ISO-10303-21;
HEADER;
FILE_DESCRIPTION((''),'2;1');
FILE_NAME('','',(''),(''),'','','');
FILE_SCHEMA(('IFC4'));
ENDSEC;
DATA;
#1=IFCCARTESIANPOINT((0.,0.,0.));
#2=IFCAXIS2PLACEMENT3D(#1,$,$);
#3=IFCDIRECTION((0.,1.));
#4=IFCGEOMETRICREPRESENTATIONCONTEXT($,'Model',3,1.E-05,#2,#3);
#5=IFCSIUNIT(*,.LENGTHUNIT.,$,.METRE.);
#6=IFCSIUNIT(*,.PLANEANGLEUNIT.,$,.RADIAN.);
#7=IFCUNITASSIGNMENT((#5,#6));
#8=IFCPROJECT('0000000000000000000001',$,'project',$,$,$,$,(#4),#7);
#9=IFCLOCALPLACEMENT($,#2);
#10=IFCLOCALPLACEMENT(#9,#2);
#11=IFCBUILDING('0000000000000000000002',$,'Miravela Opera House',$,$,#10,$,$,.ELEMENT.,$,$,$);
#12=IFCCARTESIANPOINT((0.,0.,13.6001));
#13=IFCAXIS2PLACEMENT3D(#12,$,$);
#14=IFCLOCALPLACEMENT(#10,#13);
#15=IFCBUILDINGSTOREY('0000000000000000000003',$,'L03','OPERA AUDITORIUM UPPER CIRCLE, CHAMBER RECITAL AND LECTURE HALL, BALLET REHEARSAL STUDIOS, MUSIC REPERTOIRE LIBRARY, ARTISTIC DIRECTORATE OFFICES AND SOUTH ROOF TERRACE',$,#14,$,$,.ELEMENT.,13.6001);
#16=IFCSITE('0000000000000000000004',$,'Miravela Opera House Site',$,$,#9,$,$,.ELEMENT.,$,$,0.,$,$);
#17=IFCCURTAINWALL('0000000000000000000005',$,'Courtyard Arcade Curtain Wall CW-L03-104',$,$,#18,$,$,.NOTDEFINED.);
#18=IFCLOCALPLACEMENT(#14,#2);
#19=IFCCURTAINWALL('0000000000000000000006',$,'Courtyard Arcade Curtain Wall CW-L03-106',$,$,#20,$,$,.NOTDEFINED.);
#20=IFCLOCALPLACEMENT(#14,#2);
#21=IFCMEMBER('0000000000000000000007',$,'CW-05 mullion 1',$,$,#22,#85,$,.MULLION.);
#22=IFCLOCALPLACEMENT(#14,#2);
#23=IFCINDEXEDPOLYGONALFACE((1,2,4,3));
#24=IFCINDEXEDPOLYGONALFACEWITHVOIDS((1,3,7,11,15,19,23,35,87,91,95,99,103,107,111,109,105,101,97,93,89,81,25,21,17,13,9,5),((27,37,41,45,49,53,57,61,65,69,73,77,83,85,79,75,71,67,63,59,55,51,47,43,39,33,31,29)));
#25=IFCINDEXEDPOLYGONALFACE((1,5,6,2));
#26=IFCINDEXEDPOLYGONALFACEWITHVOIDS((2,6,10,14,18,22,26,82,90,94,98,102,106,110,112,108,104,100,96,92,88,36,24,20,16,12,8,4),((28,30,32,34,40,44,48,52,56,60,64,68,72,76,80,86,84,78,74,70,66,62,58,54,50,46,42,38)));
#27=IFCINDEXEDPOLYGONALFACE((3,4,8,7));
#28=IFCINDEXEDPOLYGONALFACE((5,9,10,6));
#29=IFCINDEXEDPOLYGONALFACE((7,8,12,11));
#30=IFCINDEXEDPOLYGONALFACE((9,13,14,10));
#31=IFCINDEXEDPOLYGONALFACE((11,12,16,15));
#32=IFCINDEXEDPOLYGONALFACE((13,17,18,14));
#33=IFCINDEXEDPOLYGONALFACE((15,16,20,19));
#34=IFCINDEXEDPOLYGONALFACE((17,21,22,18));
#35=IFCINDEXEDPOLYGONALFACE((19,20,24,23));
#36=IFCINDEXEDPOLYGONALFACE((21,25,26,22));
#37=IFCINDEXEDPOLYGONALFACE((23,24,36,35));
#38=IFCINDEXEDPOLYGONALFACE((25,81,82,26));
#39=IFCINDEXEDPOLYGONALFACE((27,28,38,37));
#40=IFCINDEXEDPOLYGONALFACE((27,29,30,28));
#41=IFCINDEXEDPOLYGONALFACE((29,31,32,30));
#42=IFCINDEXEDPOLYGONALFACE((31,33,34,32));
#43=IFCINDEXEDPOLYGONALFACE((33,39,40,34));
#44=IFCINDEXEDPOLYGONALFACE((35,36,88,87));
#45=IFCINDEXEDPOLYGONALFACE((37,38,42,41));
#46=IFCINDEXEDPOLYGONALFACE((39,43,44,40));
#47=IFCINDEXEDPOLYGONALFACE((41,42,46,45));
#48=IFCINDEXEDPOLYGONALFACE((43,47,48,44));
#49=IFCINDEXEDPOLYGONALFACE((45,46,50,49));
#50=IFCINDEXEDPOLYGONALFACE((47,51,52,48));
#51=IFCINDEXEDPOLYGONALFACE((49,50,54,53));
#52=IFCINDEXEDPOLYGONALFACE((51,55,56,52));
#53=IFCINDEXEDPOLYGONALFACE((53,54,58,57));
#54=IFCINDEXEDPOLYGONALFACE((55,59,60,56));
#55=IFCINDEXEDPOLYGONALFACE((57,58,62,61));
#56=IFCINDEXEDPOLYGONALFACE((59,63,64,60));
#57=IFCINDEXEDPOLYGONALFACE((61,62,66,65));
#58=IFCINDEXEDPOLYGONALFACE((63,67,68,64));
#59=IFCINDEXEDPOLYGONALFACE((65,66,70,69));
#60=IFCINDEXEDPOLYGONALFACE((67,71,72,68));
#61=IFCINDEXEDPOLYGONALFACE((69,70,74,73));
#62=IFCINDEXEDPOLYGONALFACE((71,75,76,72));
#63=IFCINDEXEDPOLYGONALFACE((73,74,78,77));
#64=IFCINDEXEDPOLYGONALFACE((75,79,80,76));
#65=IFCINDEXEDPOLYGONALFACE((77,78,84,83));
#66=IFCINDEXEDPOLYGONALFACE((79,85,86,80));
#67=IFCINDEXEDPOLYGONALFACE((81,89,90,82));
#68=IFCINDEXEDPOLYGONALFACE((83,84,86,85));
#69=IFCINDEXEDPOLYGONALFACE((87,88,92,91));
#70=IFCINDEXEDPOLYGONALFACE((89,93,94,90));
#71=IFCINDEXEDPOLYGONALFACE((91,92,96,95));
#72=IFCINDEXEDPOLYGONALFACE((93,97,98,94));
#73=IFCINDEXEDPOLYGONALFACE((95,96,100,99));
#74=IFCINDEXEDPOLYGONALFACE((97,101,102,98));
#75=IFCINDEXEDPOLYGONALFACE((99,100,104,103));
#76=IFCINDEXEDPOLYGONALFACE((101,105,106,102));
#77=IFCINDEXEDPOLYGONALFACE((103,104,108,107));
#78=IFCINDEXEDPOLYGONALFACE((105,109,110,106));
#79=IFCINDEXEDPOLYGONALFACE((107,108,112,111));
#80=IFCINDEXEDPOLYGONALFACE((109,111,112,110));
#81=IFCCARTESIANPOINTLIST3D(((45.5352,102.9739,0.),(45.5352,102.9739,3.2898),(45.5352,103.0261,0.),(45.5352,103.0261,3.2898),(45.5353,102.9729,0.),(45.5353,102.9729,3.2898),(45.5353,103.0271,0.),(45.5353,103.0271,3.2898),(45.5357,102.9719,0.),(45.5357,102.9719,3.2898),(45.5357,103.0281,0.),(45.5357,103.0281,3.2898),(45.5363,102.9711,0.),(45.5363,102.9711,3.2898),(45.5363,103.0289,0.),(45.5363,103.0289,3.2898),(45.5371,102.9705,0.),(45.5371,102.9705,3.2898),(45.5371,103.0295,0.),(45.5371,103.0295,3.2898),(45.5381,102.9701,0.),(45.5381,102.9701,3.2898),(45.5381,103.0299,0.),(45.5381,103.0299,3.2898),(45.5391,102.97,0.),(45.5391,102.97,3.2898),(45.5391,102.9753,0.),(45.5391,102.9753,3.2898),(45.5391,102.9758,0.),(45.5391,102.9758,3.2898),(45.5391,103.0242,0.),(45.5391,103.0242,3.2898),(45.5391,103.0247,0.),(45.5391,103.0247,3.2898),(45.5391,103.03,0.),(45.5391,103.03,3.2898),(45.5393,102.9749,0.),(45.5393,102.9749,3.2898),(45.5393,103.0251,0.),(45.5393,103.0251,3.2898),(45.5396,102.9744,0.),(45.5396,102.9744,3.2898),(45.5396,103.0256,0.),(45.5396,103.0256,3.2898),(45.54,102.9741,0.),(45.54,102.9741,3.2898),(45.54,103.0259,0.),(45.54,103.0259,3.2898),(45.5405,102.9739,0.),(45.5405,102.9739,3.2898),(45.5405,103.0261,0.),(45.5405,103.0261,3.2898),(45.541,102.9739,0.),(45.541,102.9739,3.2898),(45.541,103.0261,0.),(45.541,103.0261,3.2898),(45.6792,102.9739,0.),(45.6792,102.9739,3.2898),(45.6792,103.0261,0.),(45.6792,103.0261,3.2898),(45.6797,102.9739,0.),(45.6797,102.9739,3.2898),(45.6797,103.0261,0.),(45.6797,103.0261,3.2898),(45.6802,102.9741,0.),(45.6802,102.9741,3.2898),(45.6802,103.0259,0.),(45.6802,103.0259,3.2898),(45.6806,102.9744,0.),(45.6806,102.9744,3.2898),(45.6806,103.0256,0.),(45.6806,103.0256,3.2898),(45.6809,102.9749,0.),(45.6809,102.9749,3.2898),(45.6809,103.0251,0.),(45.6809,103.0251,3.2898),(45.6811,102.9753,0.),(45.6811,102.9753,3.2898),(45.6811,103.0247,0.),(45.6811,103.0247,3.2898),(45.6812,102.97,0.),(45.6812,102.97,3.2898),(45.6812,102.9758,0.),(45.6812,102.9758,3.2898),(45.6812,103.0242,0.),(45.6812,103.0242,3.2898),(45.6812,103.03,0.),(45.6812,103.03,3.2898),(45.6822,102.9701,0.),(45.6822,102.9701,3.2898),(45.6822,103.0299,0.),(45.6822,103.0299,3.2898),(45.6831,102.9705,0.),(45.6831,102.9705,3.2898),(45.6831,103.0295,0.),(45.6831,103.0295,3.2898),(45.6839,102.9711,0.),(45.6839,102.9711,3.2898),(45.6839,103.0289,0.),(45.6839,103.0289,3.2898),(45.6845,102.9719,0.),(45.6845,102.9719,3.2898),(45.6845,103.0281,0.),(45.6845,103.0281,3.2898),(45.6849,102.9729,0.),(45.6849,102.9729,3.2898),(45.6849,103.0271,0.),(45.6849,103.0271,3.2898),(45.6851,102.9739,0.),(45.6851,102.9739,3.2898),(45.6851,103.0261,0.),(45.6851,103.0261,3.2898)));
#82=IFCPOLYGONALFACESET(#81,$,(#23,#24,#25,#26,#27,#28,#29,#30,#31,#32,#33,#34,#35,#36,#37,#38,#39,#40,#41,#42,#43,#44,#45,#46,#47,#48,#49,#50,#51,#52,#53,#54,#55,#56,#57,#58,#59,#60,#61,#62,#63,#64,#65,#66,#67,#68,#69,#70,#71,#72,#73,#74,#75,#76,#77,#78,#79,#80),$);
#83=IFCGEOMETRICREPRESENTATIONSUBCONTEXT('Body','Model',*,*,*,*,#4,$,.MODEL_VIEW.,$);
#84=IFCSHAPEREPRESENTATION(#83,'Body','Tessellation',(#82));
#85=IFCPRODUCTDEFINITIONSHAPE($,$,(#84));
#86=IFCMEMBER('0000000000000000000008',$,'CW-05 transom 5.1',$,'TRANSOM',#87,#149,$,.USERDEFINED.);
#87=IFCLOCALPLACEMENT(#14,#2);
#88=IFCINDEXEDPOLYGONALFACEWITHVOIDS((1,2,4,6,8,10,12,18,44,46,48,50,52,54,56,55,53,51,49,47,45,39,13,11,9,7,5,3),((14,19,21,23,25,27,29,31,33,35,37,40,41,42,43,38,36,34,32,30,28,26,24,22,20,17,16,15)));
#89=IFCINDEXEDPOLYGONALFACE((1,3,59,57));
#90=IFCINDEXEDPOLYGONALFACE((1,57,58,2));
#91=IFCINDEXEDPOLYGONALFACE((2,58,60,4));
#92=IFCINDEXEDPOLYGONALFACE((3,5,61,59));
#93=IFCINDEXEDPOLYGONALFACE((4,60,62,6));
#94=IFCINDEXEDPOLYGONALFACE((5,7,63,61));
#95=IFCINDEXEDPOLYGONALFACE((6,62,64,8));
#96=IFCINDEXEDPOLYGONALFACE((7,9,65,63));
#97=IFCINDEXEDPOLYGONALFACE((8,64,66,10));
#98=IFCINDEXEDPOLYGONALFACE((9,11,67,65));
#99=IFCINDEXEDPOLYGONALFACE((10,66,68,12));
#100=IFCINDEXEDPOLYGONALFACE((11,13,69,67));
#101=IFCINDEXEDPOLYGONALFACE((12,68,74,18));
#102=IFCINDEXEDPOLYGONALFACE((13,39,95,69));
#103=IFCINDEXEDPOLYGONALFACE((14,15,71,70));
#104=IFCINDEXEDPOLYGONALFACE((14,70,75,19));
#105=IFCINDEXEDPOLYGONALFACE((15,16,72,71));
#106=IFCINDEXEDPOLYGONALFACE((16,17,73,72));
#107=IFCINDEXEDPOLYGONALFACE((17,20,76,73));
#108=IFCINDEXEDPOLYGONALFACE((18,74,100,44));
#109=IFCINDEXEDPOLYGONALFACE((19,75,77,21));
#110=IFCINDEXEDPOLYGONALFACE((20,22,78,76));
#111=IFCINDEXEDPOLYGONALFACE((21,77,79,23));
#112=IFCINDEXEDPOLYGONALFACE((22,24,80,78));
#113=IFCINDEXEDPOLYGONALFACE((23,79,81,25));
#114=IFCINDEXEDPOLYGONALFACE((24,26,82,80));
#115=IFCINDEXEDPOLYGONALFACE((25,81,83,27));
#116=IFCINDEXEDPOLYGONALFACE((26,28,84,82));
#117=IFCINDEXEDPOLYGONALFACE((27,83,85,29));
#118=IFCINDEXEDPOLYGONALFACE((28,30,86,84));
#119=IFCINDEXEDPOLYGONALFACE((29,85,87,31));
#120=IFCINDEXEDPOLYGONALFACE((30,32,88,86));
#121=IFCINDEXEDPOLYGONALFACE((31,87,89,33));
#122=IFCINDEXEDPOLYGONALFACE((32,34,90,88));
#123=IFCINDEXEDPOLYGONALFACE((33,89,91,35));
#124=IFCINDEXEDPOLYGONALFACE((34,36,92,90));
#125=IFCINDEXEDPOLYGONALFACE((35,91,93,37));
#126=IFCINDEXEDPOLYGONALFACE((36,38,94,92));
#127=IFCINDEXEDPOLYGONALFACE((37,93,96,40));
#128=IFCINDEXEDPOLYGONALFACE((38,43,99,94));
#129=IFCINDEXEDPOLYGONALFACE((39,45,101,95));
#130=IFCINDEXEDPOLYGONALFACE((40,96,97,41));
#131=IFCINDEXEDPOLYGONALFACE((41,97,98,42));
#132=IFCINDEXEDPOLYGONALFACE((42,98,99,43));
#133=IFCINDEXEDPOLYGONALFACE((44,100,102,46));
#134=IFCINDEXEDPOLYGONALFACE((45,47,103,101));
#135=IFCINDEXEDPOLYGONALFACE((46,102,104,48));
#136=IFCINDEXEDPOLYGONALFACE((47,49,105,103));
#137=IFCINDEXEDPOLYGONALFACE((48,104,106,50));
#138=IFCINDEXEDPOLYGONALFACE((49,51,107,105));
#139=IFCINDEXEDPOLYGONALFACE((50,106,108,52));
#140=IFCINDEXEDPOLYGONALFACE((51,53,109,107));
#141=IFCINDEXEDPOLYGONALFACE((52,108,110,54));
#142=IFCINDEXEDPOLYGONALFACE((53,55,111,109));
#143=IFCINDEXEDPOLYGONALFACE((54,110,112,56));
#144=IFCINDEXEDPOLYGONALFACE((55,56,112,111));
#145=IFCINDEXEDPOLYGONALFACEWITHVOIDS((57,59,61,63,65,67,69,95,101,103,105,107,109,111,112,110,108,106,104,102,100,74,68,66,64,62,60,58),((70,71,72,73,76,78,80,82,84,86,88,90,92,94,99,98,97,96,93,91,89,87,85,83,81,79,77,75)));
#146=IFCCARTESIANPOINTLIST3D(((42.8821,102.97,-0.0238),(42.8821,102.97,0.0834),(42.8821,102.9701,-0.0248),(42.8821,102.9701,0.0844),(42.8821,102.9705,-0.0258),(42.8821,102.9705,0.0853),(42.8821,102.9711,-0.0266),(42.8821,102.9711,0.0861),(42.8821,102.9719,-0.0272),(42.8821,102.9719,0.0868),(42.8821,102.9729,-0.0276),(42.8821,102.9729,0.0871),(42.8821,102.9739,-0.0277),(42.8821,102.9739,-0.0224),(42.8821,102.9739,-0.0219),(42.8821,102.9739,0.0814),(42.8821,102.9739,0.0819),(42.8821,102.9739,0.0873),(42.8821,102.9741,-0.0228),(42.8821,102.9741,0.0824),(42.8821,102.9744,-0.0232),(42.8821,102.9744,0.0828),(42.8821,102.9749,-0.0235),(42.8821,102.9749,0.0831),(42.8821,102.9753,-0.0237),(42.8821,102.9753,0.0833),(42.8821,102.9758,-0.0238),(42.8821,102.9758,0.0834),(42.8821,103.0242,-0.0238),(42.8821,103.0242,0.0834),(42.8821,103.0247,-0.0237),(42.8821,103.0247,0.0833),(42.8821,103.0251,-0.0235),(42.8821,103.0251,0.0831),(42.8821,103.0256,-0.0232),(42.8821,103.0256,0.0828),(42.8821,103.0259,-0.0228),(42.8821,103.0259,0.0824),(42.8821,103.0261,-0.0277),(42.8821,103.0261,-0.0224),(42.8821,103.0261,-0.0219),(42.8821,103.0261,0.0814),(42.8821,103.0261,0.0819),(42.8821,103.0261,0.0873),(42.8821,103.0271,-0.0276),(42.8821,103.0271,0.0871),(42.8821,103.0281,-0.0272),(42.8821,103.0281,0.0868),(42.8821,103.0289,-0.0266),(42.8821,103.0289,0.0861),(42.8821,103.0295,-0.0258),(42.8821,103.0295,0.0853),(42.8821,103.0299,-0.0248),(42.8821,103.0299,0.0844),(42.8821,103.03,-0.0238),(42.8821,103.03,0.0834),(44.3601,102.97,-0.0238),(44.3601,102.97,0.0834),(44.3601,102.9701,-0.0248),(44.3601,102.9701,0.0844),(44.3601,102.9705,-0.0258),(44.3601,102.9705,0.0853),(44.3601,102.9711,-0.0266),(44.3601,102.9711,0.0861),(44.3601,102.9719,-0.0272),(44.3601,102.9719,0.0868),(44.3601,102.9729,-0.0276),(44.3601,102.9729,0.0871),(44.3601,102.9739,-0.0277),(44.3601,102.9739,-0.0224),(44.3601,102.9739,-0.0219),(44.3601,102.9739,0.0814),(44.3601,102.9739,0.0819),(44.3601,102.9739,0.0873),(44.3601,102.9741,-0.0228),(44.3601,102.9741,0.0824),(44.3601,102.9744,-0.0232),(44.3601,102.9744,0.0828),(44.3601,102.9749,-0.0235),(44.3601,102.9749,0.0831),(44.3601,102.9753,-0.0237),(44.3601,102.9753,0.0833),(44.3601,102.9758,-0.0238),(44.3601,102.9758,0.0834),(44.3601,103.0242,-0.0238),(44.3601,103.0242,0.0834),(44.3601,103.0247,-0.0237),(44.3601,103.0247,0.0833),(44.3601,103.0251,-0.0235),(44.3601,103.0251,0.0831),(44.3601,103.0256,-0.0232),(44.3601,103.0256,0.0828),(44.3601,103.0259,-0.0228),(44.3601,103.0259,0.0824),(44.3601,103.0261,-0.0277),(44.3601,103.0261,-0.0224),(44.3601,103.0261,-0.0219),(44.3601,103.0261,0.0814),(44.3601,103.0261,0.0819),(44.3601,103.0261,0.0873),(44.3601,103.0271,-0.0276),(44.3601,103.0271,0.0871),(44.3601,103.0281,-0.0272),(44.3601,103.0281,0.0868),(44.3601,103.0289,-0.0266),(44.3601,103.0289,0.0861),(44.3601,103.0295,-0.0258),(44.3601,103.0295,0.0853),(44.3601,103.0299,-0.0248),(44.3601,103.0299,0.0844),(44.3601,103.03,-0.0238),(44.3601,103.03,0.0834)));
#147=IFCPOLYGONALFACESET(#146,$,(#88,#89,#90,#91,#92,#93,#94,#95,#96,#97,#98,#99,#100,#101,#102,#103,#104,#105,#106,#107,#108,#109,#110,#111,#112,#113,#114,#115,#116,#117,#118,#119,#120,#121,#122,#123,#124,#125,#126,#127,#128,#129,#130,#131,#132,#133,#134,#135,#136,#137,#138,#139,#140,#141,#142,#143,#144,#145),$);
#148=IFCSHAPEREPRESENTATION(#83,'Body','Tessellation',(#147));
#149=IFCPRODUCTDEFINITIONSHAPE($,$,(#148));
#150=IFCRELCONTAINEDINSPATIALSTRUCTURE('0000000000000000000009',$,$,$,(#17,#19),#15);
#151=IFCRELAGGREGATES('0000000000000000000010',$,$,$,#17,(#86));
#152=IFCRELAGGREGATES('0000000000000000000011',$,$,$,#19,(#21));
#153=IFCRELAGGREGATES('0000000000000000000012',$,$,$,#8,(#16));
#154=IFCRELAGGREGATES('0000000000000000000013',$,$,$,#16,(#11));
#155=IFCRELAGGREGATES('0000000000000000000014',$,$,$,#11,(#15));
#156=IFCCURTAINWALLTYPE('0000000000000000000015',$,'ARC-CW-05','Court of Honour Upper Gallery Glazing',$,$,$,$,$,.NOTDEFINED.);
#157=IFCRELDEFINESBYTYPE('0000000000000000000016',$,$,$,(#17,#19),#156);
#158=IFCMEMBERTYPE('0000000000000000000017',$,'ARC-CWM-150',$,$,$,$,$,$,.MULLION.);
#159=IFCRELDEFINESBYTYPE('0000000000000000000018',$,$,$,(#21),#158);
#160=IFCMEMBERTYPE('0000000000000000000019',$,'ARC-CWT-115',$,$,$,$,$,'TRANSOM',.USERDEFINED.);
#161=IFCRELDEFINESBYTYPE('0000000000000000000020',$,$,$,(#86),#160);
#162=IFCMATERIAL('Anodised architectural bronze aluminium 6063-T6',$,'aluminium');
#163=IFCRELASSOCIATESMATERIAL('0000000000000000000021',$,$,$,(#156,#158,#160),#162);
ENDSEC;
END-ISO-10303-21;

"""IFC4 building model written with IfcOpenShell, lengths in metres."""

from ifc_helpers import new_model, si_unit, direction, frame, origin, origin_2d, place, context, subcontext, project, spatial, hollow_rectangle, extrude, material, material_profile, profile_set, type_object, element, aggregate, save


model = new_model("IFC4")

# Units and contexts
model_context = context("Model", 3, precision=1e-05, world=origin(), true_north=direction((0.0, 1.0)))
body_context = subcontext(model_context, "Body", "Model", "MODEL_VIEW")
ifc_project = project(units=[si_unit("LENGTHUNIT", "METRE"), si_unit("PLANEANGLEUNIT", "RADIAN")], contexts=[model_context])

# Site, building, storey
site_placement = place(None, origin())
site = spatial("IfcSite", under=ifc_project, at=site_placement, Name="Miravela Opera House Site", CompositionType="ELEMENT", RefElevation=0.0)
building_placement = place(site_placement, origin())
building = spatial("IfcBuilding", under=site, at=building_placement, Name="Miravela Opera House", CompositionType="ELEMENT")
storey_placement = place(building_placement, frame((0.0, 0.0, 13.6001)))
storey = spatial("IfcBuildingStorey", under=building, at=storey_placement, Name="L03", Description="OPERA AUDITORIUM UPPER CIRCLE, CHAMBER RECITAL AND LECTURE HALL, BALLET REHEARSAL STUDIOS, MUSIC REPERTOIRE LIBRARY, ARTISTIC DIRECTORATE OFFICES AND SOUTH ROOF TERRACE", CompositionType="ELEMENT", Elevation=13.6001)

# Curtain wall
ifc_material_1 = material(Name="Anodised architectural bronze aluminium 6063-T6", Category="aluminium")
curtain_wall_type = type_object("IfcCurtainWallType", Name="ARC-CW-05", Description="Court of Honour Upper Gallery Glazing", PredefinedType="NOTDEFINED", material=ifc_material_1)
curtain_wall_1_placement = place(storey_placement, origin())
curtain_wall_1 = element("IfcCurtainWall", 1, at=curtain_wall_1_placement, inside=storey, type_object=curtain_wall_type, Name="Courtyard Arcade Curtain Wall CW-L03-104", PredefinedType="NOTDEFINED")
ifc_material_profile_1 = material_profile(ifc_material_1, hollow_rectangle(XDim=0.0601, YDim=0.1499, WallThickness=0.0039, InnerFilletRadius=0.002, OuterFilletRadius=0.0039, at=origin_2d()), Name="CWM-60X150")
ifc_profile_set_1 = profile_set([ifc_material_profile_1])
member_type_1 = type_object("IfcMemberType", Name="ARC-CWM-150", PredefinedType="MULLION", material=ifc_profile_set_1)

# Curtain wall, member
curtain_wall_2_placement = place(storey_placement, origin())
curtain_wall_2 = element("IfcCurtainWall", 2, at=curtain_wall_2_placement, inside=storey, type_object=curtain_wall_type, Name="Courtyard Arcade Curtain Wall CW-L03-106", PredefinedType="NOTDEFINED")
member_1_placement = place(storey_placement, frame((45.6101, 103.0, 0.0), z_axis=(0.0, 0.0, 1.0), x_axis=(0.0, 1.0, 0.0)))
member_1 = element("IfcMember", 3, at=member_1_placement, type_object=member_type_1, Name="CW-05 mullion 1", PredefinedType="MULLION", context=body_context, shape_type="SweptSolid", body=[
    extrude(hollow_rectangle(XDim=0.0601, YDim=0.1499, WallThickness=0.0039, InnerFilletRadius=0.002, OuterFilletRadius=0.0039, at=origin_2d()), origin(), (0.0, 0.0, 1.0), 3.2898),
])

# Member
ifc_material_profile_2 = material_profile(ifc_material_1, hollow_rectangle(XDim=0.0601, YDim=0.115, WallThickness=0.0039, InnerFilletRadius=0.002, OuterFilletRadius=0.0039, at=origin_2d()), Name="CWT-60X115")
ifc_profile_set_2 = profile_set([ifc_material_profile_2])
member_type_2 = type_object("IfcMemberType", Name="ARC-CWT-115", ElementType="TRANSOM", PredefinedType="USERDEFINED", material=ifc_profile_set_2)
member_2_placement = place(storey_placement, frame((42.8821, 103.0, 0.0298), z_axis=(1.0, 0.0, 0.0), x_axis=(0.0, 1.0, 0.0)))
member_2 = element("IfcMember", 4, at=member_2_placement, type_object=member_type_2, Name="CW-05 transom 5.1", ObjectType="TRANSOM", PredefinedType="USERDEFINED", context=body_context, shape_type="SweptSolid", body=[
    extrude(hollow_rectangle(XDim=0.0601, YDim=0.115, WallThickness=0.0039, InnerFilletRadius=0.002, OuterFilletRadius=0.0039, at=origin_2d()), origin(), (0.0, 0.0, 1.0), 1.478),
])

aggregate(curtain_wall_1, [member_2])
aggregate(curtain_wall_2, [member_1])

save(model, "model.ifc")
